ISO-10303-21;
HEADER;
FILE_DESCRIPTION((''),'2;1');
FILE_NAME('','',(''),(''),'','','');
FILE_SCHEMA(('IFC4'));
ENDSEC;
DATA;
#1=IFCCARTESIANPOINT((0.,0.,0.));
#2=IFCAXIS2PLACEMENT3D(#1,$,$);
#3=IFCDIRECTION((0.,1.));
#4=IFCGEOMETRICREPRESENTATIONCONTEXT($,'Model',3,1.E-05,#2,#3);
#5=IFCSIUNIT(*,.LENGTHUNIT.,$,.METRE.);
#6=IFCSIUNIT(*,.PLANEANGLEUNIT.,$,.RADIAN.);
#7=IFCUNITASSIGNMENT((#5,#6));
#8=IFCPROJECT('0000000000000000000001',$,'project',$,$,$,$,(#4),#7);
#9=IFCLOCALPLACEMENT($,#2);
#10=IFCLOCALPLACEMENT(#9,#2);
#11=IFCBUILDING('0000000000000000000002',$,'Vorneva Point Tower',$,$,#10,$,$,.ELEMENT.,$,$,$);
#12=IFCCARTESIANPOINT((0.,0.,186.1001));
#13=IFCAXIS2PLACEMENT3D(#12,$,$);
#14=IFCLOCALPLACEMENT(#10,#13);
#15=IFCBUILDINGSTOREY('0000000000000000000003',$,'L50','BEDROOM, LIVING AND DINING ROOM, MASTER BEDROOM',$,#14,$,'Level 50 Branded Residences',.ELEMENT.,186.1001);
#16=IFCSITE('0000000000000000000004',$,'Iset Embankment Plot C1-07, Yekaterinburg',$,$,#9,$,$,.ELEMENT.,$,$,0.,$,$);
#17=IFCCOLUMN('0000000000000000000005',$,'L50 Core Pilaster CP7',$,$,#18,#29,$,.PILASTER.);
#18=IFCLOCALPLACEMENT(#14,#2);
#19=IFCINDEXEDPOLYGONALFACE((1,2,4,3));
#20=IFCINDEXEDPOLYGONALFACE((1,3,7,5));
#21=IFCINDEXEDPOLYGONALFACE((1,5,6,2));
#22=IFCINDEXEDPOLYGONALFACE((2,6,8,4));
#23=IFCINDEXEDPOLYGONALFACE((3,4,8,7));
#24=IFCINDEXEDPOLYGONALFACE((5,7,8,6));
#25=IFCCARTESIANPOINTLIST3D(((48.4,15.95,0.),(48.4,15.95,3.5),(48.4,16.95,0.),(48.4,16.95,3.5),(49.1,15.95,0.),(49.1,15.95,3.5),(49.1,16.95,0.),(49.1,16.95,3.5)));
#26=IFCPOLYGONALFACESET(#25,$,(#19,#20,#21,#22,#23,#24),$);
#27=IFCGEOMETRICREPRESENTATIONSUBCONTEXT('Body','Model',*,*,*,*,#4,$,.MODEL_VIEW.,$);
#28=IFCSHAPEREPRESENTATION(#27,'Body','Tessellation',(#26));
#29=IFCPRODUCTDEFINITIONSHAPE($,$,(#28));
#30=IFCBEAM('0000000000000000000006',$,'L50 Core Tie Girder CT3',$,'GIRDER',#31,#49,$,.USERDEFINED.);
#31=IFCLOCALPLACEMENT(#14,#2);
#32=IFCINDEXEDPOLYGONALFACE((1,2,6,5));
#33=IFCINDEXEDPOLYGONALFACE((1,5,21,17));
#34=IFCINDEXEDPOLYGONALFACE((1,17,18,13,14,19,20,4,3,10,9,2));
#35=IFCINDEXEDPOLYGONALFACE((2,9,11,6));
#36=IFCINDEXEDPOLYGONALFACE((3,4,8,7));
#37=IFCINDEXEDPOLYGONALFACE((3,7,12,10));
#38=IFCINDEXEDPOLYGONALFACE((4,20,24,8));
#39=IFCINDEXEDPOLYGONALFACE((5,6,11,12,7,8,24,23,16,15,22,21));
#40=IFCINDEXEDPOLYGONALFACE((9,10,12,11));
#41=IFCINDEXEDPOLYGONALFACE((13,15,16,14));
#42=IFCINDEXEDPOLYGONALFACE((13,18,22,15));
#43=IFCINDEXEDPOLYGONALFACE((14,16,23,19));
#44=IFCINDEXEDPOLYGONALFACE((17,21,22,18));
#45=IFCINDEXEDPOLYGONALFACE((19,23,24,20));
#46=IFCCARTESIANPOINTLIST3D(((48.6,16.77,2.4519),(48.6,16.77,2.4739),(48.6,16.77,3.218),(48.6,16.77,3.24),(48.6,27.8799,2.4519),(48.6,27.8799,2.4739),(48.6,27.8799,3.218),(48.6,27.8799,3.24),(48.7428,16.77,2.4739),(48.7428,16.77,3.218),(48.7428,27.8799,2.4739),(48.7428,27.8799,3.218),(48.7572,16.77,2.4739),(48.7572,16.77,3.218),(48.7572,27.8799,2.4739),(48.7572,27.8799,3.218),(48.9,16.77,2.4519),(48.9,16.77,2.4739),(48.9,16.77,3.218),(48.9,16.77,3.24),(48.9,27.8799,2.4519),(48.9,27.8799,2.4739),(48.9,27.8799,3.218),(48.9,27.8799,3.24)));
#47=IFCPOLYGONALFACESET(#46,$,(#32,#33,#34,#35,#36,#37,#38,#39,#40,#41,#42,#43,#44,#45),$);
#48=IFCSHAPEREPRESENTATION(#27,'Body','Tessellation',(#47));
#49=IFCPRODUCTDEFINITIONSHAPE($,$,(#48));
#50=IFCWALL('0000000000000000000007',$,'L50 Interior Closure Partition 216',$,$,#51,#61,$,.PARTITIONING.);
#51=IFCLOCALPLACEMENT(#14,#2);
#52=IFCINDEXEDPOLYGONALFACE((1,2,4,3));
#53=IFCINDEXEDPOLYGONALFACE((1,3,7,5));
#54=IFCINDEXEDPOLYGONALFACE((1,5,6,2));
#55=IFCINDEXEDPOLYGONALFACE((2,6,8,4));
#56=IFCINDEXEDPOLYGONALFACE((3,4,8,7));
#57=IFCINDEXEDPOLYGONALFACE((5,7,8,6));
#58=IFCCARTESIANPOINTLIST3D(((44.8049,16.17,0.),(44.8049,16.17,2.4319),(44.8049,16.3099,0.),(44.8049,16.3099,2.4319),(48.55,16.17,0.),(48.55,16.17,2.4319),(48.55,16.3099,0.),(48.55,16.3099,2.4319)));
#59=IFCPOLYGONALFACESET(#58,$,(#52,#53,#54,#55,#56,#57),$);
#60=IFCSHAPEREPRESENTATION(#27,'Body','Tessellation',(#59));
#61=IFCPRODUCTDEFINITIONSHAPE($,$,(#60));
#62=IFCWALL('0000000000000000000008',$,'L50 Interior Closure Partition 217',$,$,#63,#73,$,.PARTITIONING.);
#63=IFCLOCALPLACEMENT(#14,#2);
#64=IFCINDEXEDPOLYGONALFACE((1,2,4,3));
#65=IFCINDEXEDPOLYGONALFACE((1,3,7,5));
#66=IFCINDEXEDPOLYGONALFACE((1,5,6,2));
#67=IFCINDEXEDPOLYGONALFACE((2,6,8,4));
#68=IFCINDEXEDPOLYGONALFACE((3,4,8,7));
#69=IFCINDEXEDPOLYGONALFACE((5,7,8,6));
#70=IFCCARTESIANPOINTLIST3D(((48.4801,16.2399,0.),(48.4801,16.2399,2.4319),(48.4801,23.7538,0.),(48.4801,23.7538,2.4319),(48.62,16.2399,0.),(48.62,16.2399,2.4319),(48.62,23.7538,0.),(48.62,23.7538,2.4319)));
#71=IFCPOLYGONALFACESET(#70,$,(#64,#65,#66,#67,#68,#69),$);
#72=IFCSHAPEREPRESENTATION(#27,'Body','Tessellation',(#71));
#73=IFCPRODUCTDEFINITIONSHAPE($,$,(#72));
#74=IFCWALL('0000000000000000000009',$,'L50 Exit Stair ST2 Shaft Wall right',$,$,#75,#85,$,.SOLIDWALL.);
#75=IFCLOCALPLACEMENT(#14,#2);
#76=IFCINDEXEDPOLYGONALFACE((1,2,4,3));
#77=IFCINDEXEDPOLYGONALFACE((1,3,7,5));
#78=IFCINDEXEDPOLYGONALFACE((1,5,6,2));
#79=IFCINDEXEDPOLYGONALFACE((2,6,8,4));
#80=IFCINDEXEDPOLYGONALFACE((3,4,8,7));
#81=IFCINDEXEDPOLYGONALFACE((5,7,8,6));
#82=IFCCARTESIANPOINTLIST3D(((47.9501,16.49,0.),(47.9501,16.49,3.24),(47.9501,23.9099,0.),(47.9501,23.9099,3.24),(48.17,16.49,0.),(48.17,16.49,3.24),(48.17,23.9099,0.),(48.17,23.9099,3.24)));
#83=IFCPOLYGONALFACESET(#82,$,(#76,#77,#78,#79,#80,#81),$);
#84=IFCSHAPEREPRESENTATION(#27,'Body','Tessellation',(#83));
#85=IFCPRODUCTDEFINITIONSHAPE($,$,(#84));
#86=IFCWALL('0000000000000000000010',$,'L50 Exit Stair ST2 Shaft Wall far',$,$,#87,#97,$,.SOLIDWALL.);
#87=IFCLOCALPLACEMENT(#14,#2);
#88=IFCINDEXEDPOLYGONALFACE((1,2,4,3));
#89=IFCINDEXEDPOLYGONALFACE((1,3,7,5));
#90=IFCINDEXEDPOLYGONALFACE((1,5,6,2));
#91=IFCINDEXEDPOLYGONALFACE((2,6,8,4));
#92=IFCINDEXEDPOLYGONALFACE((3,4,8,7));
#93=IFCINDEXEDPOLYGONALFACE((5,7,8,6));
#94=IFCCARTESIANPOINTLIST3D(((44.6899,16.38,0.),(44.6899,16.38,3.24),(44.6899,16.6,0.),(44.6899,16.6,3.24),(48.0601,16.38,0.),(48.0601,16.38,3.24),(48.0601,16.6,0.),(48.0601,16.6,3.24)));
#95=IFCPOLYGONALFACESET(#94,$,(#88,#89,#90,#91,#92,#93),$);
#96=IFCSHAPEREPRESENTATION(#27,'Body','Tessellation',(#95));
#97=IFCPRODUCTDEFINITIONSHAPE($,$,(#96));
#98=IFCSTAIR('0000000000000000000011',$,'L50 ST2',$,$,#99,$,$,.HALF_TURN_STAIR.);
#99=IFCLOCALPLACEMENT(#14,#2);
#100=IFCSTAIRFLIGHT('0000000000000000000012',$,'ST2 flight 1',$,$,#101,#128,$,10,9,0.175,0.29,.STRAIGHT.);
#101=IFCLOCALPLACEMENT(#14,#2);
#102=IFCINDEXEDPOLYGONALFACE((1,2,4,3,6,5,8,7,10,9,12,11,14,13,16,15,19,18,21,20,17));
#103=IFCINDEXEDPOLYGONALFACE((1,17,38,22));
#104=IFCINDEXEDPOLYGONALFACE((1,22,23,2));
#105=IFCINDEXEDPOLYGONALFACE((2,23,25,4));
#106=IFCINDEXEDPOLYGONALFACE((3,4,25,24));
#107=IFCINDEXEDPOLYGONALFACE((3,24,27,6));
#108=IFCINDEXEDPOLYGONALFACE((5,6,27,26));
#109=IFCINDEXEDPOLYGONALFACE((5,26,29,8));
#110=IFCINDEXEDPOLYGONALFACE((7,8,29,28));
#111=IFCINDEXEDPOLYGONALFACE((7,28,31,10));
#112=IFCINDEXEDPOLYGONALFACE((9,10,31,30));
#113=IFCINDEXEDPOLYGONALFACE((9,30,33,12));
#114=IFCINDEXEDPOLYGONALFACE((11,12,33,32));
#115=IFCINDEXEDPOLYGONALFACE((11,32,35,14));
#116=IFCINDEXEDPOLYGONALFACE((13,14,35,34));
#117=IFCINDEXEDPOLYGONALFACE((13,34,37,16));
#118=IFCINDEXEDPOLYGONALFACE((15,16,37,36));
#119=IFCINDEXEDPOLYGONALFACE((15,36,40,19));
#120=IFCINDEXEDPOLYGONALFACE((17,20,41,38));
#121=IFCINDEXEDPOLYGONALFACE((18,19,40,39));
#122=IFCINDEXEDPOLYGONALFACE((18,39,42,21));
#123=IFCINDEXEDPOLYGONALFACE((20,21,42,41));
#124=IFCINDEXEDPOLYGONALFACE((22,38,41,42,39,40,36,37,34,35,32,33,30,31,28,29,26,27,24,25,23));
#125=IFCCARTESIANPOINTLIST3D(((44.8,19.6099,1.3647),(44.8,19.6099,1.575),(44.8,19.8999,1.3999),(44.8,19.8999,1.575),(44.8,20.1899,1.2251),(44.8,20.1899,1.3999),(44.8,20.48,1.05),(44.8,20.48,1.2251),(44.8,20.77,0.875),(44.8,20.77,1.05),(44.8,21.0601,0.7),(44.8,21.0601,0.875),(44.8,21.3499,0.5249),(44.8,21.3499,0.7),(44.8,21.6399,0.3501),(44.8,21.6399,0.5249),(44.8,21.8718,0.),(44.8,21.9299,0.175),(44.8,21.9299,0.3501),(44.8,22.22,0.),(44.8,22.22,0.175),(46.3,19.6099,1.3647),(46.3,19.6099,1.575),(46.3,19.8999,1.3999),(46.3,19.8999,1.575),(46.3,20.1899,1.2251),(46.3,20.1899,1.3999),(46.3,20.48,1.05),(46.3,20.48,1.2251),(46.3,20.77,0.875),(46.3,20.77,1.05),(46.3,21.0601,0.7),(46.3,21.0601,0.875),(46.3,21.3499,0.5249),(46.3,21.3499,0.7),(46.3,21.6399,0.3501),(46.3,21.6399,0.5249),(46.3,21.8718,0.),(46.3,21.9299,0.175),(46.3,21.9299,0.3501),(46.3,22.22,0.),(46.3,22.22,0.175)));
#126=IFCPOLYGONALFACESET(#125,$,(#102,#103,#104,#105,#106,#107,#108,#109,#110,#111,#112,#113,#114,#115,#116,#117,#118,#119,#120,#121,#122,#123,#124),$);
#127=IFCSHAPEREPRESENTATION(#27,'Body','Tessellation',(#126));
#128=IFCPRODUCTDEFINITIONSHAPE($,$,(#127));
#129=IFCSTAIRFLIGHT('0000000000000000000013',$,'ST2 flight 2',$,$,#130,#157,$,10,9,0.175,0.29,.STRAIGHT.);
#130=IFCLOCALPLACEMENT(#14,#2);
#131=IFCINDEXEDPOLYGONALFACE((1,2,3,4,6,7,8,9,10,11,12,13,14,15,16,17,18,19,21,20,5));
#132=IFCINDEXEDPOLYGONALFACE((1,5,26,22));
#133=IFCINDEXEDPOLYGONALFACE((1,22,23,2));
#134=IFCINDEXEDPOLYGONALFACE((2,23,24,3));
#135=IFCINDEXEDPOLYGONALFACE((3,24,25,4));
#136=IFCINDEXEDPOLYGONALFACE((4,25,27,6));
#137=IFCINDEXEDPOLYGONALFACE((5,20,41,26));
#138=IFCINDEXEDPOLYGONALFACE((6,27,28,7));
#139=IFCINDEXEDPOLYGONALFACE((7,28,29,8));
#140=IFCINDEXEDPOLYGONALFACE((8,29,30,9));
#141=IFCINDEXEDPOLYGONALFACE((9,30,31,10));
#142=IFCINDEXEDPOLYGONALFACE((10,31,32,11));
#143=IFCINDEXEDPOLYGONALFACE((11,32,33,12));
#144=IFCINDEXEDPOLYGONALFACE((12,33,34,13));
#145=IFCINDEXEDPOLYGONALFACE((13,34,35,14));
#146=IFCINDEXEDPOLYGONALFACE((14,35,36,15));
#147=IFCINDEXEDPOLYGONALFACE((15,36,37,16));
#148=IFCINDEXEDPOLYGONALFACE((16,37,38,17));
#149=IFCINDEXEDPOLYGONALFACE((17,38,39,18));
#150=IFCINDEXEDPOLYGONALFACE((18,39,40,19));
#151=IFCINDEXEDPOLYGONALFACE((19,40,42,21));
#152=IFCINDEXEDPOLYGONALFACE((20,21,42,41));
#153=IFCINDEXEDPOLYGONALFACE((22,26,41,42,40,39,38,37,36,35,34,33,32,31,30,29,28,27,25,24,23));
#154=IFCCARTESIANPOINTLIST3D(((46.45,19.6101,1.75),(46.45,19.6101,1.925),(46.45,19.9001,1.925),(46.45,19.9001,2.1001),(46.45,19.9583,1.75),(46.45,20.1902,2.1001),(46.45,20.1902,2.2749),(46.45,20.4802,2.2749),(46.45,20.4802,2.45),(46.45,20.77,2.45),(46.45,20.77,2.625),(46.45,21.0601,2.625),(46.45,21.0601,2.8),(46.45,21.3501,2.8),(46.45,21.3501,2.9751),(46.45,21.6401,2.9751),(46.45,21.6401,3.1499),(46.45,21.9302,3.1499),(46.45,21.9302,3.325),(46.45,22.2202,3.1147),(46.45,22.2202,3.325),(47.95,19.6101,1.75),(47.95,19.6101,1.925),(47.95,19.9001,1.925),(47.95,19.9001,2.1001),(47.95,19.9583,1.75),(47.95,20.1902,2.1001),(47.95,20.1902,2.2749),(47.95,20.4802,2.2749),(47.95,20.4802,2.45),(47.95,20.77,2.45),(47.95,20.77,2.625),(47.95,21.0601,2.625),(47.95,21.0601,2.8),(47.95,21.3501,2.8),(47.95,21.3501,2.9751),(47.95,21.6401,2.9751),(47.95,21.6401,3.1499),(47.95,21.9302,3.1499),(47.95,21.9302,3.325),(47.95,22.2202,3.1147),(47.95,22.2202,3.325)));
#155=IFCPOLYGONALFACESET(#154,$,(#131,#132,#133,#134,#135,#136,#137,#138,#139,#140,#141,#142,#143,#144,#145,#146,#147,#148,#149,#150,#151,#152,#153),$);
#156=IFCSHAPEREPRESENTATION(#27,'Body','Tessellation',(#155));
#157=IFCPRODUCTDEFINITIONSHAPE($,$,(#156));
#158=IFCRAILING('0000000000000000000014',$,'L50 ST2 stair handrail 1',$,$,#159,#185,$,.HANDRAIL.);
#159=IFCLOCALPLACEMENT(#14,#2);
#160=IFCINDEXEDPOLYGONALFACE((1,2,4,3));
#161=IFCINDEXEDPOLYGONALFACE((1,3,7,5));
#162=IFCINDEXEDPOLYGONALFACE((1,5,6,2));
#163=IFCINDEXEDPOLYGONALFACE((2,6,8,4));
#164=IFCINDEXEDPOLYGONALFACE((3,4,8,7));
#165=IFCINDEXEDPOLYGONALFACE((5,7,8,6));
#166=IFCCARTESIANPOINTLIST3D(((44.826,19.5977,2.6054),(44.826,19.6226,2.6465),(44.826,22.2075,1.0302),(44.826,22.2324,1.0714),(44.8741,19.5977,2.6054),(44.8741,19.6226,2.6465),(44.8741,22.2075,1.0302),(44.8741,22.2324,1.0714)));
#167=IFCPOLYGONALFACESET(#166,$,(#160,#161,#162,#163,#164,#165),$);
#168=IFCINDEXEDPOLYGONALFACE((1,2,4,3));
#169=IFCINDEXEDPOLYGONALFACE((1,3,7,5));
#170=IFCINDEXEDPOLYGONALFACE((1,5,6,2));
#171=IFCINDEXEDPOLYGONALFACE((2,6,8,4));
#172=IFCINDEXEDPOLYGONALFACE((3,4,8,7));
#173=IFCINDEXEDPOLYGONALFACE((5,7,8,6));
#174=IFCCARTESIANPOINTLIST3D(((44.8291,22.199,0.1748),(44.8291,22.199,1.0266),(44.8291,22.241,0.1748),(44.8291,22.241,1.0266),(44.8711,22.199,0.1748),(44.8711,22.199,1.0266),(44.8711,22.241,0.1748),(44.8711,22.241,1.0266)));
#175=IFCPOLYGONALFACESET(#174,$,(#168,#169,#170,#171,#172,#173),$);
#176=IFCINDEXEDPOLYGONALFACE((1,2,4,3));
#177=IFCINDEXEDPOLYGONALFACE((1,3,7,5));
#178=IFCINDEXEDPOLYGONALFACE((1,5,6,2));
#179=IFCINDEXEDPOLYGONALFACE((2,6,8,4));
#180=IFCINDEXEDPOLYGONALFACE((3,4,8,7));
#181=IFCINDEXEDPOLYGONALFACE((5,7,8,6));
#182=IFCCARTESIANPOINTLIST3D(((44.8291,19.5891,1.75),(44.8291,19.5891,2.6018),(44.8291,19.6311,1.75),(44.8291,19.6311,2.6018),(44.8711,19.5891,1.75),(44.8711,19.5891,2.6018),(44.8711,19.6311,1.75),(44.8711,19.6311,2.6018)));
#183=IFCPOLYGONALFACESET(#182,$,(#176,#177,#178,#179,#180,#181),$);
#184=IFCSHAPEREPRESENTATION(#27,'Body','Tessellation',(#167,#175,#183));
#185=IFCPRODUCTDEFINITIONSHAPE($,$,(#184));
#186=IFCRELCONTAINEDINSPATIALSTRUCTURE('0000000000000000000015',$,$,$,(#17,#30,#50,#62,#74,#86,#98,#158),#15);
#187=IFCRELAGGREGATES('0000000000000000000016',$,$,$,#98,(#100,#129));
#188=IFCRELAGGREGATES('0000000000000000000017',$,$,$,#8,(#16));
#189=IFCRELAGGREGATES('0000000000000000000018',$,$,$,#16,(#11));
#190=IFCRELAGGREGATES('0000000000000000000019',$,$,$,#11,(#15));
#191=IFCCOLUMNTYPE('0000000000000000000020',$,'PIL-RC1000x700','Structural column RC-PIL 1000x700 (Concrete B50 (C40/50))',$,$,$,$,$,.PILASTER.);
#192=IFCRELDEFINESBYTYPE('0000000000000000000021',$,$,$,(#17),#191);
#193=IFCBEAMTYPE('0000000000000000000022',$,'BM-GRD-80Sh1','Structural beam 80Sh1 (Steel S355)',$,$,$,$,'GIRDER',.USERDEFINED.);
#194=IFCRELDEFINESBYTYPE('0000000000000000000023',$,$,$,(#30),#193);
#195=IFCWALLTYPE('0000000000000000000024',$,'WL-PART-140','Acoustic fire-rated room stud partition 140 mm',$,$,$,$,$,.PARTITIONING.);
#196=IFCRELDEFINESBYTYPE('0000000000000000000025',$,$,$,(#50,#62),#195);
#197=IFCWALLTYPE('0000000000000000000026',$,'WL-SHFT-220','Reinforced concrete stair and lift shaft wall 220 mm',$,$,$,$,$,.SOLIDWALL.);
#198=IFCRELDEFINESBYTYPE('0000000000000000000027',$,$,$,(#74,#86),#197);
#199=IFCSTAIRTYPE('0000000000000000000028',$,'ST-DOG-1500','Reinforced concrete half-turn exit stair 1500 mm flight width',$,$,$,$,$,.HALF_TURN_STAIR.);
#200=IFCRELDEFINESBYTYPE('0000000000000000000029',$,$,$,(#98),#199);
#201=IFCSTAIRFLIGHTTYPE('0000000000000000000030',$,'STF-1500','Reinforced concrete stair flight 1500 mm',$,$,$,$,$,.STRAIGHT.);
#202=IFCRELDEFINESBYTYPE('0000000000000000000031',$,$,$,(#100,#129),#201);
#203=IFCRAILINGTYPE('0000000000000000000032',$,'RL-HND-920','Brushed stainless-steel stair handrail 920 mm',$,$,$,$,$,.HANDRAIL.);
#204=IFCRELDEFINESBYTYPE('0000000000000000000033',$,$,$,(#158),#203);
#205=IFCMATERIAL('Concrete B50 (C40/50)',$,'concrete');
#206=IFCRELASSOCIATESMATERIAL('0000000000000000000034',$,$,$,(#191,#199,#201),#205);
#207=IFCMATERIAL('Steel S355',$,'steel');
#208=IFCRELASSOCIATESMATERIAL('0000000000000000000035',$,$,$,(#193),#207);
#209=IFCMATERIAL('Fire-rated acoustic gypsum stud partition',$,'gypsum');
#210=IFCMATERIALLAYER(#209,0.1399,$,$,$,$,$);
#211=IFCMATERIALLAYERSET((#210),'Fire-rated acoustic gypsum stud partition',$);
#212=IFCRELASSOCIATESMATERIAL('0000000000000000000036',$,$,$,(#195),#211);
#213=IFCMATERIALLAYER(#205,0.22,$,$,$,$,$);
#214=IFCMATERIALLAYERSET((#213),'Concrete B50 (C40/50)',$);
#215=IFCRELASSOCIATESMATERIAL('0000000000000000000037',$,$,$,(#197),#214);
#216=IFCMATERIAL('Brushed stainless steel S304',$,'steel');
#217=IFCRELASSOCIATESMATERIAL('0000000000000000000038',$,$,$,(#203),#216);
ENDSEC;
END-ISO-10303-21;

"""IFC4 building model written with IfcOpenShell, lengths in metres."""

from ifc_helpers import new_model, si_unit, direction, frame, frame_2d, origin, origin_2d, place, context, subcontext, project, spatial, polyline, rectangle, i_section, outline, extrude, material, layer, layer_set, material_profile, profile_set, type_object, element, aggregate, save


model = new_model("IFC4")

# Units and contexts
model_context = context("Model", 3, precision=1e-05, world=origin(), true_north=direction((0.0, 1.0)))
body_context = subcontext(model_context, "Body", "Model", "MODEL_VIEW")
ifc_project = project(units=[si_unit("LENGTHUNIT", "METRE"), si_unit("PLANEANGLEUNIT", "RADIAN")], contexts=[model_context])

# Site, building, storey
site_placement = place(None, origin())
site = spatial("IfcSite", under=ifc_project, at=site_placement, Name="Iset Embankment Plot C1-07, Yekaterinburg", CompositionType="ELEMENT", RefElevation=0.0)
building_placement = place(site_placement, origin())
building = spatial("IfcBuilding", under=site, at=building_placement, Name="Vorneva Point Tower", CompositionType="ELEMENT")
storey_placement = place(building_placement, frame((0.0, 0.0, 186.1001)))
storey = spatial("IfcBuildingStorey", under=building, at=storey_placement, Name="L50", Description="BEDROOM, LIVING AND DINING ROOM, MASTER BEDROOM", LongName="Level 50 Branded Residences", CompositionType="ELEMENT", Elevation=186.1001)

# Column
ifc_material_1 = material(Name="Concrete B50 (C40/50)", Category="concrete")
ifc_material_profile_1 = material_profile(ifc_material_1, rectangle(XDim=0.7, YDim=1.0, at=origin_2d()), Name="RC-PIL 1000x700")
ifc_profile_set_1 = profile_set([ifc_material_profile_1], Name="Concrete B50 (C40/50)")
column_type = type_object("IfcColumnType", Name="PIL-RC1000x700", Description="Structural column RC-PIL 1000x700 (Concrete B50 (C40/50))", PredefinedType="PILASTER", material=ifc_profile_set_1)
column_placement = place(storey_placement, frame((48.75, 16.45, 0.0), z_axis=(0.0, 0.0, 1.0), x_axis=(1.0, 0.0, 0.0)))
element("IfcColumn", 1, at=column_placement, inside=storey, type_object=column_type, Name="L50 Core Pilaster CP7", PredefinedType="PILASTER", context=body_context, shape_type="SweptSolid", body=[
    extrude(rectangle(XDim=0.7, YDim=1.0, at=origin_2d()), origin(), (0.0, 0.0, 1.0), 3.5),
])

# Beam
ifc_material_2 = material(Name="Steel S355", Category="steel")
ifc_material_profile_2 = material_profile(ifc_material_2, i_section(OverallWidth=0.3, OverallDepth=0.7881, WebThickness=0.0144, FlangeThickness=0.022, at=origin_2d()), Name="80Sh1")
ifc_profile_set_2 = profile_set([ifc_material_profile_2], Name="Steel S355")
beam_type = type_object("IfcBeamType", Name="BM-GRD-80Sh1", Description="Structural beam 80Sh1 (Steel S355)", ElementType="GIRDER", PredefinedType="USERDEFINED", material=ifc_profile_set_2)
beam_placement = place(storey_placement, frame((48.75, 16.77, 2.8459), z_axis=(0.0, 1.0, 0.0), x_axis=(-1.0, 0.0, 0.0)))
element("IfcBeam", 2, at=beam_placement, inside=storey, type_object=beam_type, Name="L50 Core Tie Girder CT3", ObjectType="GIRDER", PredefinedType="USERDEFINED", context=body_context, shape_type="SweptSolid", body=[
    extrude(i_section(OverallWidth=0.3, OverallDepth=0.7881, WebThickness=0.0144, FlangeThickness=0.022, at=origin_2d()), origin(), (0.0, 0.0, 1.0), 11.1099),
])

# Walls
ifc_material_3 = material(Name="Fire-rated acoustic gypsum stud partition", Category="gypsum")
ifc_layer_1 = layer(ifc_material_3, 0.1399)
ifc_layer_set_1 = layer_set([ifc_layer_1], Name="Fire-rated acoustic gypsum stud partition")
wall_type_1 = type_object("IfcWallType", Name="WL-PART-140", Description="Acoustic fire-rated room stud partition 140 mm", PredefinedType="PARTITIONING", material=ifc_layer_set_1)
wall_1_placement = place(storey_placement, frame((44.8049, 16.24, 0.0), z_axis=(0.0, 0.0, 1.0), x_axis=(1.0, 0.0, 0.0)))
element("IfcWall", 3, at=wall_1_placement, inside=storey, type_object=wall_type_1, Name="L50 Interior Closure Partition 216", PredefinedType="PARTITIONING", context=body_context, shape_type="SweptSolid", body=[
    extrude(rectangle(XDim=3.7451, YDim=0.1399, at=frame_2d((1.8726, 0.0))), origin(), (0.0, 0.0, 1.0), 2.4319),
])
wall_2_placement = place(storey_placement, frame((48.55, 16.24, 0.0), z_axis=(0.0, 0.0, 1.0), x_axis=(0.0, 1.0, 0.0)))
element("IfcWall", 4, at=wall_2_placement, inside=storey, type_object=wall_type_1, Name="L50 Interior Closure Partition 217", PredefinedType="PARTITIONING", context=body_context, shape_type="SweptSolid", body=[
    extrude(rectangle(XDim=7.5139, YDim=0.1399, at=frame_2d((3.7568, 0.0))), origin(), (0.0, 0.0, 1.0), 2.4319),
])

# Walls
ifc_layer_2 = layer(ifc_material_1, 0.22)
ifc_layer_set_2 = layer_set([ifc_layer_2], Name="Concrete B50 (C40/50)")
wall_type_2 = type_object("IfcWallType", Name="WL-SHFT-220", Description="Reinforced concrete stair and lift shaft wall 220 mm", PredefinedType="SOLIDWALL", material=ifc_layer_set_2)
wall_3_placement = place(storey_placement, frame((48.0601, 23.9099, 0.0), z_axis=(0.0, 0.0, 1.0), x_axis=(0.0, -1.0, 0.0)))
element("IfcWall", 5, at=wall_3_placement, inside=storey, type_object=wall_type_2, Name="L50 Exit Stair ST2 Shaft Wall right", PredefinedType="SOLIDWALL", context=body_context, shape_type="SweptSolid", body=[
    extrude(rectangle(XDim=7.4199, YDim=0.22, at=frame_2d((3.71, 0.0))), origin(), (0.0, 0.0, 1.0), 3.24),
])
wall_4_placement = place(storey_placement, frame((48.0601, 16.49, 0.0), z_axis=(0.0, 0.0, 1.0), x_axis=(-1.0, 0.0, 0.0)))
element("IfcWall", 6, at=wall_4_placement, inside=storey, type_object=wall_type_2, Name="L50 Exit Stair ST2 Shaft Wall far", PredefinedType="SOLIDWALL", context=body_context, shape_type="SweptSolid", body=[
    extrude(rectangle(XDim=3.3701, YDim=0.22, at=frame_2d((1.6851, 0.0))), origin(), (0.0, 0.0, 1.0), 3.24),
])

# Stair, stair flights
stair_type = type_object("IfcStairType", Name="ST-DOG-1500", Description="Reinforced concrete half-turn exit stair 1500 mm flight width", PredefinedType="HALF_TURN_STAIR", material=ifc_material_1)
stair_placement = place(storey_placement, origin())
stair = element("IfcStair", 7, at=stair_placement, inside=storey, type_object=stair_type, Name="L50 ST2", PredefinedType="HALF_TURN_STAIR")
stair_flight_type = type_object("IfcStairFlightType", Name="STF-1500", Description="Reinforced concrete stair flight 1500 mm", PredefinedType="STRAIGHT", material=ifc_material_1)
stair_flight_1_placement = place(storey_placement, frame((45.55, 22.22, 0.0), z_axis=(0.0, 0.0, 1.0), x_axis=(0.0, -1.0, 0.0)))
stair_flight_1 = element("IfcStairFlight", 8, at=stair_flight_1_placement, type_object=stair_flight_type, Name="ST2 flight 1", NumberOfRisers=10, NumberOfTreads=9, PredefinedType="STRAIGHT", RiserHeight=0.175, TreadLength=0.29, context=body_context, shape_type="SweptSolid", body=[
    extrude(outline(polyline([(0.0, 0.0), (0.0, 0.175), (0.29, 0.175), (0.29, 0.3501), (0.5801, 0.3501), (0.5801, 0.5249), (0.8701, 0.5249), (0.8701, 0.7), (1.1599, 0.7), (1.1599, 0.875), (1.45, 0.875), (1.45, 1.05), (1.74, 1.05), (1.74, 1.2251), (2.03, 1.2251), (2.03, 1.3999), (2.3201, 1.3999), (2.3201, 1.575), (2.6101, 1.575), (2.6101, 1.75), (2.6101, 1.3647), (0.3481, 0.0), (0.0, 0.0)])), frame((0.0, 0.75, 0.0), z_axis=(0.0, -1.0, 0.0), x_axis=(1.0, 0.0, 0.0)), (0.0, 0.0, 1.0), 1.5),
])
stair_flight_2_placement = place(storey_placement, frame((47.2, 19.6101, 1.75), z_axis=(0.0, 0.0, 1.0), x_axis=(0.0, 1.0, 0.0)))
stair_flight_2 = element("IfcStairFlight", 9, at=stair_flight_2_placement, type_object=stair_flight_type, Name="ST2 flight 2", NumberOfRisers=10, NumberOfTreads=9, PredefinedType="STRAIGHT", RiserHeight=0.175, TreadLength=0.29, context=body_context, shape_type="SweptSolid", body=[
    extrude(outline(polyline([(0.0, 0.0), (0.0, 0.175), (0.29, 0.175), (0.29, 0.3501), (0.5801, 0.3501), (0.5801, 0.5249), (0.8701, 0.5249), (0.8701, 0.7), (1.1599, 0.7), (1.1599, 0.875), (1.45, 0.875), (1.45, 1.05), (1.74, 1.05), (1.74, 1.2251), (2.03, 1.2251), (2.03, 1.3999), (2.3201, 1.3999), (2.3201, 1.575), (2.6101, 1.575), (2.6101, 1.75), (2.6101, 1.3647), (0.3481, 0.0), (0.0, 0.0)])), frame((0.0, 0.75, 0.0), z_axis=(0.0, -1.0, 0.0), x_axis=(1.0, 0.0, 0.0)), (0.0, 0.0, 1.0), 1.5),
])
aggregate(stair, [stair_flight_1, stair_flight_2])

# Railing
ifc_material_4 = material(Name="Brushed stainless steel S304", Category="steel")
railing_type_1 = type_object("IfcRailingType", Name="RL-HND-920", Description="Brushed stainless-steel stair handrail 920 mm", PredefinedType="HANDRAIL", material=ifc_material_4)
railing_1_placement = place(storey_placement, frame((44.8501, 22.22, 0.1748)))
element("IfcRailing", 10, at=railing_1_placement, inside=storey, type_object=railing_type_1, Name="L50 ST2 stair handrail 1", PredefinedType="HANDRAIL", context=body_context, shape_type="SweptSolid", body=[
    extrude(rectangle(XDim=0.0481, YDim=0.0481, at=origin_2d()), frame((0.0, 0.0, 0.876), z_axis=(0.0, -0.856147, 0.516732), x_axis=(1.0, 0.0, 0.0)), (0.0, 0.0, 1.0), 3.0483),
    extrude(rectangle(XDim=0.042, YDim=0.042, at=origin_2d()), origin(), (0.0, 0.0, 1.0), 0.8518),
    extrude(rectangle(XDim=0.042, YDim=0.042, at=origin_2d()), frame((0.0, -2.6099, 1.5752)), (0.0, 0.0, 1.0), 0.8518),
])

save(model, "model.ifc")
